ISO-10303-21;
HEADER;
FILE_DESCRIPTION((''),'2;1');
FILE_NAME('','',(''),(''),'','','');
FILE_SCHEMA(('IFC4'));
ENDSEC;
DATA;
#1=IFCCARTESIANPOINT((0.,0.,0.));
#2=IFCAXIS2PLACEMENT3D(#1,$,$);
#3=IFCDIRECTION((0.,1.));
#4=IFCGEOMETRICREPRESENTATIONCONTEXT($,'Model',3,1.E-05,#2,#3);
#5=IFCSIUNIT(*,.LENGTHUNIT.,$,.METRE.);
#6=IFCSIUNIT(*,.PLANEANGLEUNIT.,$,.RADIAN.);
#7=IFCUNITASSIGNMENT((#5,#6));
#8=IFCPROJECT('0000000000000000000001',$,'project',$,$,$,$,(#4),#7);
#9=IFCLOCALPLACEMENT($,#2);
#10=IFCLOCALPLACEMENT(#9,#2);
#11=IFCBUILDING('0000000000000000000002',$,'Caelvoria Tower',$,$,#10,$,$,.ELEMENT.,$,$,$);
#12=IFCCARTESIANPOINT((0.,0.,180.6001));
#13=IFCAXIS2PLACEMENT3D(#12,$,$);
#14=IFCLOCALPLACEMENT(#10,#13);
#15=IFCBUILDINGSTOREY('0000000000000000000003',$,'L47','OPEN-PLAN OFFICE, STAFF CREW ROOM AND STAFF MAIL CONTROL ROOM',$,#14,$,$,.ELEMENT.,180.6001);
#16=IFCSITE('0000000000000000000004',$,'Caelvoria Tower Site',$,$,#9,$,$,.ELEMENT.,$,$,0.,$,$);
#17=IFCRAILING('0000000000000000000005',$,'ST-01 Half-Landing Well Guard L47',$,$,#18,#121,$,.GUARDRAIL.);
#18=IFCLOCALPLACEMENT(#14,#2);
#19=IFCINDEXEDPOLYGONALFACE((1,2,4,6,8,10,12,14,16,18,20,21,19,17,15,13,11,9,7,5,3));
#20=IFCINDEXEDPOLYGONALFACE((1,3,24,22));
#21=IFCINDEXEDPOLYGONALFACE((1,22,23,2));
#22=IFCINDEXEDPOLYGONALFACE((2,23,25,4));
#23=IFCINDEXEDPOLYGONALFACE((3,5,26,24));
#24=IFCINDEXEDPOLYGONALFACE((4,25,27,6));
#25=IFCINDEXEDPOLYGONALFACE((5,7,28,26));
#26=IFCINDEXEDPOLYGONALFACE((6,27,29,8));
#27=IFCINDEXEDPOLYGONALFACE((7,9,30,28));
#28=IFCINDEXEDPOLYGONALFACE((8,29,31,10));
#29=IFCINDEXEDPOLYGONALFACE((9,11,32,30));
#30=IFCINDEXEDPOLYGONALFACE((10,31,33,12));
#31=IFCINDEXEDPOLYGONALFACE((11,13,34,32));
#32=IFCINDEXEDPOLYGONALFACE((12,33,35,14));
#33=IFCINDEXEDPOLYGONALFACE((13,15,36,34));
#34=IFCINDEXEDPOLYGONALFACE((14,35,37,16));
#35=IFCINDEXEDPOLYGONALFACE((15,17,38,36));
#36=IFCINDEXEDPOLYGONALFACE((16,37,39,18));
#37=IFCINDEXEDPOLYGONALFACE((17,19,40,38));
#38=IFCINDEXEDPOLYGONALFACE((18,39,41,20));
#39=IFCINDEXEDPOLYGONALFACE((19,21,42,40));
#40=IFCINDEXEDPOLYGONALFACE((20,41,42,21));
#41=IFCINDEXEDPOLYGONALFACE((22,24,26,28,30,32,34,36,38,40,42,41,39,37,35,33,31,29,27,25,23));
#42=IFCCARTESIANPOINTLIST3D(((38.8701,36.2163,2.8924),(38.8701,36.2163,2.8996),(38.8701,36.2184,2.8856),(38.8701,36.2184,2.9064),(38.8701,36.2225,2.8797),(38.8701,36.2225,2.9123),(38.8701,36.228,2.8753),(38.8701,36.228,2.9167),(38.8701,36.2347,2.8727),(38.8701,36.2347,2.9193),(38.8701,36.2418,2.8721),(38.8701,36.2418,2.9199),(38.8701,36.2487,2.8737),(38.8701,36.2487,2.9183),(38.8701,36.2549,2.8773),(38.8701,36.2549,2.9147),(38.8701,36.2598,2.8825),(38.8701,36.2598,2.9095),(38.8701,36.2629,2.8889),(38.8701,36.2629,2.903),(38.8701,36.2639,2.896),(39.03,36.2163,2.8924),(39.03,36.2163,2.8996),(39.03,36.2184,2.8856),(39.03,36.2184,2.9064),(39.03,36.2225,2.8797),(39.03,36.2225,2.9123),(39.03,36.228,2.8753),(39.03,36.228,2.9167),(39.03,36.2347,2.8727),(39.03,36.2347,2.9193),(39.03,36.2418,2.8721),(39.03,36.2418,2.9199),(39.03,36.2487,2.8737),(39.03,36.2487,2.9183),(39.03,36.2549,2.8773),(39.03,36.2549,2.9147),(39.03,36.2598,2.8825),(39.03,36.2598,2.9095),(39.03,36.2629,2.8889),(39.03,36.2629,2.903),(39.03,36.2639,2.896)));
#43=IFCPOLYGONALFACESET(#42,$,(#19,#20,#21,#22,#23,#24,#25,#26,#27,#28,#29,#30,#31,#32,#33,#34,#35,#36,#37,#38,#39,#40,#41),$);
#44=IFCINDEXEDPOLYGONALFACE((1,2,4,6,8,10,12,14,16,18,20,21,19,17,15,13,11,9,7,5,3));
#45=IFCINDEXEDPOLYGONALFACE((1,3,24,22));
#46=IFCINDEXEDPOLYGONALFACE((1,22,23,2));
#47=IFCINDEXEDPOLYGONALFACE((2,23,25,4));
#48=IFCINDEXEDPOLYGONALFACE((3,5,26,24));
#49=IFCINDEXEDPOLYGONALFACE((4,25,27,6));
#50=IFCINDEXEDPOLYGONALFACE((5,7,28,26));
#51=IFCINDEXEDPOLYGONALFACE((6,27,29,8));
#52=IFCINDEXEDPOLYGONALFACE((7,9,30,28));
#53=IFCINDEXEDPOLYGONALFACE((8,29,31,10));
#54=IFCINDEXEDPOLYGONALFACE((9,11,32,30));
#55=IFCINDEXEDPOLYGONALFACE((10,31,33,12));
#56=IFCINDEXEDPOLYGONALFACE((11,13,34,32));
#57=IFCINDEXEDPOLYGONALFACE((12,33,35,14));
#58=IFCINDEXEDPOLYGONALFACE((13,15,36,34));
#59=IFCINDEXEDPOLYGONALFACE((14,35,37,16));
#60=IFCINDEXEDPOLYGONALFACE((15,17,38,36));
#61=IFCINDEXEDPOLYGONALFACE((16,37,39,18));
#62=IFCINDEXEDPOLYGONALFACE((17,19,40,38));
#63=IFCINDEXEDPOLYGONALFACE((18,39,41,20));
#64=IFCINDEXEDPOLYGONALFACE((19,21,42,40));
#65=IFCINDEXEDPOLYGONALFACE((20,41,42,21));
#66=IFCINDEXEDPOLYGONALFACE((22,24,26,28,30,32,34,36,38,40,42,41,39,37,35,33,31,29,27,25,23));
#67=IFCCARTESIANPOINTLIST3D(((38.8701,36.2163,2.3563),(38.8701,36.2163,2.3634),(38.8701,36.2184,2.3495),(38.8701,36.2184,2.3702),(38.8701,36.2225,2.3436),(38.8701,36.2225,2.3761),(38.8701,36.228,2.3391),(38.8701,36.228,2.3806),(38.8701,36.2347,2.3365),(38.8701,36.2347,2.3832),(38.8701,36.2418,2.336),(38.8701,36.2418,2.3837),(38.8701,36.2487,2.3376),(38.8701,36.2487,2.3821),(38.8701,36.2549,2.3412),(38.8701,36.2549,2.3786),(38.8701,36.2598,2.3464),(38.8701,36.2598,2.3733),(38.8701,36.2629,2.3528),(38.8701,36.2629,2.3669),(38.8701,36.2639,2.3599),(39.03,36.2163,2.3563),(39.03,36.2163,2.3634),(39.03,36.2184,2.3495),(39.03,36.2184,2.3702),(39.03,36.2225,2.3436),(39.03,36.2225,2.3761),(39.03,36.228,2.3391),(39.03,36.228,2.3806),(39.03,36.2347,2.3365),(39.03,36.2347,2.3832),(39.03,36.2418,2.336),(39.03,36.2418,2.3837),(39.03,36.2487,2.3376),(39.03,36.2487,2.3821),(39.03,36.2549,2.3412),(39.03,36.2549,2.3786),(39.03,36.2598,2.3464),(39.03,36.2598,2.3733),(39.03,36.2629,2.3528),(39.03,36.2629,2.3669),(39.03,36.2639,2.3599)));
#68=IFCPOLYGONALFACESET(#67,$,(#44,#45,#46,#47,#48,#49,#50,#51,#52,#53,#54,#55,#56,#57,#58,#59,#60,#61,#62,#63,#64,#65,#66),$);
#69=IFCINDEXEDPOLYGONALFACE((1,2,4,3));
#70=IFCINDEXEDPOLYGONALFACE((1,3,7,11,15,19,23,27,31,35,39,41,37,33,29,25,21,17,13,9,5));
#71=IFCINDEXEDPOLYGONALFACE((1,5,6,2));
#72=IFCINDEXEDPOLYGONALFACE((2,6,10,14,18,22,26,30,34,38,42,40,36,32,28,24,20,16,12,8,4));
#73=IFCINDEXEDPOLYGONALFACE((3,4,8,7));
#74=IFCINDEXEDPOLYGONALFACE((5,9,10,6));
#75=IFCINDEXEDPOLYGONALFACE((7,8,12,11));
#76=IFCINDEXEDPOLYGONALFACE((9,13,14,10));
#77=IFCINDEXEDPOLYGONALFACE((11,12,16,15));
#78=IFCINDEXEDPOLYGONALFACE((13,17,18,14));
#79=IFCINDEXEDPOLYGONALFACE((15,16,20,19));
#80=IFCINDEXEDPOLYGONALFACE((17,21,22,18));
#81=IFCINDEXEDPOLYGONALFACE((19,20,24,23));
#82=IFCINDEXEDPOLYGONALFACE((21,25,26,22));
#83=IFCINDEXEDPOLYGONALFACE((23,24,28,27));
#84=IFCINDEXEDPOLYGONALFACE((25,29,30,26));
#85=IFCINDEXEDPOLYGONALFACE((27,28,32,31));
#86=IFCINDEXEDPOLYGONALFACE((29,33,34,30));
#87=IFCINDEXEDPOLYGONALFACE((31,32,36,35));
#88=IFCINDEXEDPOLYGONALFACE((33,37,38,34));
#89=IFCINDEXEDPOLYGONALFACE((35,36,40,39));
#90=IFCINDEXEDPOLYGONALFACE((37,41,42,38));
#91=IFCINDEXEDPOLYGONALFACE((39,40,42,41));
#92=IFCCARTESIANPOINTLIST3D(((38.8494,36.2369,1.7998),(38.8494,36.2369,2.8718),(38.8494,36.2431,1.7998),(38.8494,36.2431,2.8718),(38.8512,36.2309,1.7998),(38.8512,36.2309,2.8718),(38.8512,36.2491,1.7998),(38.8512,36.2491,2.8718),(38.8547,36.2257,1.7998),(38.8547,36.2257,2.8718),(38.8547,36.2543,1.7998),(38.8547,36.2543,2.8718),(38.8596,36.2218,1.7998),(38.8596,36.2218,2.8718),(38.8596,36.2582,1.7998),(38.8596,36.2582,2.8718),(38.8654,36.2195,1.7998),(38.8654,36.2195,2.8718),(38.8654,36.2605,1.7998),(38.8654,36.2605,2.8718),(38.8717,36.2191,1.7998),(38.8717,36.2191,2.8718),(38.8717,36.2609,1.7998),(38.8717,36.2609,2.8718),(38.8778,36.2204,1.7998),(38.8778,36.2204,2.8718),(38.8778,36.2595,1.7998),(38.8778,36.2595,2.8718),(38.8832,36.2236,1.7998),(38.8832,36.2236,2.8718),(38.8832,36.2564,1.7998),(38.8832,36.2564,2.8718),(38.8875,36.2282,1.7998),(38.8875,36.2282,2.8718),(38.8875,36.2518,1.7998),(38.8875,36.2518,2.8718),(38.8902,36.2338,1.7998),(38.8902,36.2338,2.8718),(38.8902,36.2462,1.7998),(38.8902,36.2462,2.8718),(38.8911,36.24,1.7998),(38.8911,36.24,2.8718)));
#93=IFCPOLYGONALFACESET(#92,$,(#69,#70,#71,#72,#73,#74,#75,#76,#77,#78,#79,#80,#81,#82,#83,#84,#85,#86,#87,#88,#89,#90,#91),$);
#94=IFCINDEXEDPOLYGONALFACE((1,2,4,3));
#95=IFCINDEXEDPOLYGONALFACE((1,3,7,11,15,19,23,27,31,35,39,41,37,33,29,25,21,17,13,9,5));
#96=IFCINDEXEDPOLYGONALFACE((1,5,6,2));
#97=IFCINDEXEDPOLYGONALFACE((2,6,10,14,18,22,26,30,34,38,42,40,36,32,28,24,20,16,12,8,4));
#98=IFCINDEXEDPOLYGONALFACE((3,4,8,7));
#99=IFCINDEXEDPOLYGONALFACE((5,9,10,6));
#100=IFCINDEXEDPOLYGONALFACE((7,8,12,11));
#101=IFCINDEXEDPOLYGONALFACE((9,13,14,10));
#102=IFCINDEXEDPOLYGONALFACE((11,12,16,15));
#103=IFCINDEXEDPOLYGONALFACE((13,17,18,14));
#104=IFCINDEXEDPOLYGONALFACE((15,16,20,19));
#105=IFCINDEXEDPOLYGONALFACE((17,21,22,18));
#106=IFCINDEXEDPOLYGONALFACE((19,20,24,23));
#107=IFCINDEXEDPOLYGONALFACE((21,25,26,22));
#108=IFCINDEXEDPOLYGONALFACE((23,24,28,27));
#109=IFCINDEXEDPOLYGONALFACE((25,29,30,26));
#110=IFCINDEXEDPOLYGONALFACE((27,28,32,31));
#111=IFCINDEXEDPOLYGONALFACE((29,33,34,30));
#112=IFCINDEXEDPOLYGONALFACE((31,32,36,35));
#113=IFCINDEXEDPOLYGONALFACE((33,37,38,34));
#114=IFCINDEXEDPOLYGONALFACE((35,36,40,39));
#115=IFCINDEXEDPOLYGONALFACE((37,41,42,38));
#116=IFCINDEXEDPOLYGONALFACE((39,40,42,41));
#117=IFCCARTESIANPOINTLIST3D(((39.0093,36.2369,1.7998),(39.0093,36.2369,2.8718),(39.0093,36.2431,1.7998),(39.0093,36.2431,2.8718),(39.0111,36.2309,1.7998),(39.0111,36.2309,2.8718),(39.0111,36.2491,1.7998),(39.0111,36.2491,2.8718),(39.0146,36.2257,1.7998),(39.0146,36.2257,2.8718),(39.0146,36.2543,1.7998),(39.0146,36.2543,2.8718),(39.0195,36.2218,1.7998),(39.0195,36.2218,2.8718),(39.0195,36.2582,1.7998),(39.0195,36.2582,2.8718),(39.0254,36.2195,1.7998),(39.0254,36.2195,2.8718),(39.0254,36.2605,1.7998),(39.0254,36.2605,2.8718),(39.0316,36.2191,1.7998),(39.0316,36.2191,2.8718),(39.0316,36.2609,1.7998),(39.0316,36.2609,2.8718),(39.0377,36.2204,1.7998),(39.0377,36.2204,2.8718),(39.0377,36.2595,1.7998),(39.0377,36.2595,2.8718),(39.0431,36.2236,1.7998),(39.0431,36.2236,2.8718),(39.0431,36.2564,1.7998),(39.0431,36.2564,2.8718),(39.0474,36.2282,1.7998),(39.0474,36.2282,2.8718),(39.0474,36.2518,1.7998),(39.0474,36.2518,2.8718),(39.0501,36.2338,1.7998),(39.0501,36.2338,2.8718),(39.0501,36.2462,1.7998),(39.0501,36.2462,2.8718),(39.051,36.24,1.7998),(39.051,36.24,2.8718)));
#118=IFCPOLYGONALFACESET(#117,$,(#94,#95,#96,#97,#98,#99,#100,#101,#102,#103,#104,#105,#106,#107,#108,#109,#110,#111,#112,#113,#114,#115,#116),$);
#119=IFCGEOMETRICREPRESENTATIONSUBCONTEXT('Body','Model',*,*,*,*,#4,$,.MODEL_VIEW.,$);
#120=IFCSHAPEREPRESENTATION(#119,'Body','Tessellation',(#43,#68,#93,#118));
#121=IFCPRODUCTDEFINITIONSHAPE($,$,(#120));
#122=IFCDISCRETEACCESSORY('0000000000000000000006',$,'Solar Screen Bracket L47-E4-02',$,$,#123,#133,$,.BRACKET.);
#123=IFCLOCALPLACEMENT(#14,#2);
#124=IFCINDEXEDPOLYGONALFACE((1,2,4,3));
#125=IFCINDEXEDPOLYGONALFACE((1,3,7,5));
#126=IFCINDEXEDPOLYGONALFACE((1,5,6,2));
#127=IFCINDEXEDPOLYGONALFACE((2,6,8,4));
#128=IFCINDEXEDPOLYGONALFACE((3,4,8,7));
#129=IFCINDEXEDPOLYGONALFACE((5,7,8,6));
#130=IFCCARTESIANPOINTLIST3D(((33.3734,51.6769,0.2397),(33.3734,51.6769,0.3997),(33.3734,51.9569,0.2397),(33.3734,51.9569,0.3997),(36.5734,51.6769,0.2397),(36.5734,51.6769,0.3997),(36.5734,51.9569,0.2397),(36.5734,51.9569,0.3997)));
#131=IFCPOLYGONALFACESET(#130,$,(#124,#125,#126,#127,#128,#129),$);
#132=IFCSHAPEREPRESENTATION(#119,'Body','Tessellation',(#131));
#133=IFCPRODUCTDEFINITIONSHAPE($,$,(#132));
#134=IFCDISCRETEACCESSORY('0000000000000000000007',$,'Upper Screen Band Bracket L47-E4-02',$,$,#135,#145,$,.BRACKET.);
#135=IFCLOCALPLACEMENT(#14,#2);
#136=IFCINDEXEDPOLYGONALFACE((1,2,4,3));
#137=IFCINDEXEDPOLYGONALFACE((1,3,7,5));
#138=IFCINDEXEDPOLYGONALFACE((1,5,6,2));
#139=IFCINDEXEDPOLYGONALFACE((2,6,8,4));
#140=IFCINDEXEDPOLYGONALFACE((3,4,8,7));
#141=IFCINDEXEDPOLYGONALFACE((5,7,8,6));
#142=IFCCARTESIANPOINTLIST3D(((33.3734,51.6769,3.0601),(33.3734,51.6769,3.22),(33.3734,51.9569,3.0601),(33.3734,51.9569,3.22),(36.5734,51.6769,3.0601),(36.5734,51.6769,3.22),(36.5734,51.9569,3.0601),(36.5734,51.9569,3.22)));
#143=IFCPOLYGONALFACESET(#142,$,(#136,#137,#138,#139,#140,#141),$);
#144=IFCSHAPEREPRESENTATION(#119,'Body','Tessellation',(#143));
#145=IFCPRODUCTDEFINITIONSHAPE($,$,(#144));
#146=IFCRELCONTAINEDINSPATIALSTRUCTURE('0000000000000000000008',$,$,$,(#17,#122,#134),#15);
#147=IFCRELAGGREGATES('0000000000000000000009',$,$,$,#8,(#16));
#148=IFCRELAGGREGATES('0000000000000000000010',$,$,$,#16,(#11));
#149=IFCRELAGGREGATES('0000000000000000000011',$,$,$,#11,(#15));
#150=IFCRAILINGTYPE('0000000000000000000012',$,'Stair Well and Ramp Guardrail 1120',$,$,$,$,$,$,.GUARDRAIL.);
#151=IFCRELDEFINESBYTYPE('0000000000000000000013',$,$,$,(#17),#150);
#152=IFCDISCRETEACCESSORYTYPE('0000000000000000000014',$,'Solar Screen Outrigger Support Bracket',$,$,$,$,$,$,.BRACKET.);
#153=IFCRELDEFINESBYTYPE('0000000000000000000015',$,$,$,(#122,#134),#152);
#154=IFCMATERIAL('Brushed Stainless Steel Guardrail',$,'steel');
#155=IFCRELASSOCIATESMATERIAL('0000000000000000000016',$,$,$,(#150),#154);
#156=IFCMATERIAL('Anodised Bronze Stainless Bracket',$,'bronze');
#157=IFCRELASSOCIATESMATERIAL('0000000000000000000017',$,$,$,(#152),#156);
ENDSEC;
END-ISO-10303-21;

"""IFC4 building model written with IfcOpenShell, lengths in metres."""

from ifc_helpers import new_model, si_unit, direction, frame, origin, origin_2d, place, context, subcontext, project, spatial, rectangle, circle, extrude, material, type_object, element, save


model = new_model("IFC4")

# Units and contexts
model_context = context("Model", 3, precision=1e-05, world=origin(), true_north=direction((0.0, 1.0)))
body_context = subcontext(model_context, "Body", "Model", "MODEL_VIEW")
ifc_project = project(units=[si_unit("LENGTHUNIT", "METRE"), si_unit("PLANEANGLEUNIT", "RADIAN")], contexts=[model_context])

# Site, building, storey
site_placement = place(None, origin())
site = spatial("IfcSite", under=ifc_project, at=site_placement, Name="Caelvoria Tower Site", CompositionType="ELEMENT", RefElevation=0.0)
building_placement = place(site_placement, origin())
building = spatial("IfcBuilding", under=site, at=building_placement, Name="Caelvoria Tower", CompositionType="ELEMENT")
storey_placement = place(building_placement, frame((0.0, 0.0, 180.6001)))
storey = spatial("IfcBuildingStorey", under=building, at=storey_placement, Name="L47", Description="OPEN-PLAN OFFICE, STAFF CREW ROOM AND STAFF MAIL CONTROL ROOM", CompositionType="ELEMENT", Elevation=180.6001)

# Railing
ifc_material_1 = material(Name="Brushed Stainless Steel Guardrail", Category="steel")
railing_type_1 = type_object("IfcRailingType", Name="Stair Well and Ramp Guardrail 1120", PredefinedType="GUARDRAIL", material=ifc_material_1)
railing_1_placement = place(storey_placement, frame((38.8701, 36.24, 1.7998)))
element("IfcRailing", 1, at=railing_1_placement, inside=storey, type_object=railing_type_1, Name="ST-01 Half-Landing Well Guard L47", PredefinedType="GUARDRAIL", context=body_context, shape_type="SweptSolid", body=[
    extrude(circle(Radius=0.0239, at=origin_2d()), frame((0.0, 0.0, 1.0962), z_axis=(1.0, 0.0, 0.0), x_axis=(0.0, 1.0, 0.0)), (0.0, 0.0, 1.0), 0.1599),
    extrude(circle(Radius=0.0239, at=origin_2d()), frame((0.0, 0.0, 0.5601), z_axis=(1.0, 0.0, 0.0), x_axis=(0.0, 1.0, 0.0)), (0.0, 0.0, 1.0), 0.1599),
    extrude(circle(Radius=0.021, at=origin_2d()), origin(), (0.0, 0.0, 1.0), 1.072),
    extrude(circle(Radius=0.021, at=origin_2d()), frame((0.1599, 0.0, 0.0)), (0.0, 0.0, 1.0), 1.072),
])

# Discrete accessories
ifc_material_2 = material(Name="Anodised Bronze Stainless Bracket", Category="bronze")
discrete_accessory_type = type_object("IfcDiscreteAccessoryType", Name="Solar Screen Outrigger Support Bracket", PredefinedType="BRACKET", material=ifc_material_2)
for number, where, z_axis, x_axis, name in (
    (2, (34.9734, 51.8169, 0.2397), (0.0, 0.0, 1.0), (-1.0, 0.0, 0.0), "Solar Screen Bracket L47-E4-02"),
    (3, (34.9734, 51.8169, 3.0601), (0.0, 0.0, 1.0), (-1.0, 0.0, 0.0), "Upper Screen Band Bracket L47-E4-02"),
):
    element("IfcDiscreteAccessory", number, at=place(storey_placement, frame(where, z_axis=z_axis, x_axis=x_axis)), inside=storey, type_object=discrete_accessory_type, Name=name, PredefinedType="BRACKET", context=body_context, shape_type="SweptSolid", body=[
        extrude(rectangle(XDim=3.2, YDim=0.28, at=origin_2d()), origin(), (0.0, 0.0, 1.0), 0.1599),
    ])

save(model, "model.ifc")
